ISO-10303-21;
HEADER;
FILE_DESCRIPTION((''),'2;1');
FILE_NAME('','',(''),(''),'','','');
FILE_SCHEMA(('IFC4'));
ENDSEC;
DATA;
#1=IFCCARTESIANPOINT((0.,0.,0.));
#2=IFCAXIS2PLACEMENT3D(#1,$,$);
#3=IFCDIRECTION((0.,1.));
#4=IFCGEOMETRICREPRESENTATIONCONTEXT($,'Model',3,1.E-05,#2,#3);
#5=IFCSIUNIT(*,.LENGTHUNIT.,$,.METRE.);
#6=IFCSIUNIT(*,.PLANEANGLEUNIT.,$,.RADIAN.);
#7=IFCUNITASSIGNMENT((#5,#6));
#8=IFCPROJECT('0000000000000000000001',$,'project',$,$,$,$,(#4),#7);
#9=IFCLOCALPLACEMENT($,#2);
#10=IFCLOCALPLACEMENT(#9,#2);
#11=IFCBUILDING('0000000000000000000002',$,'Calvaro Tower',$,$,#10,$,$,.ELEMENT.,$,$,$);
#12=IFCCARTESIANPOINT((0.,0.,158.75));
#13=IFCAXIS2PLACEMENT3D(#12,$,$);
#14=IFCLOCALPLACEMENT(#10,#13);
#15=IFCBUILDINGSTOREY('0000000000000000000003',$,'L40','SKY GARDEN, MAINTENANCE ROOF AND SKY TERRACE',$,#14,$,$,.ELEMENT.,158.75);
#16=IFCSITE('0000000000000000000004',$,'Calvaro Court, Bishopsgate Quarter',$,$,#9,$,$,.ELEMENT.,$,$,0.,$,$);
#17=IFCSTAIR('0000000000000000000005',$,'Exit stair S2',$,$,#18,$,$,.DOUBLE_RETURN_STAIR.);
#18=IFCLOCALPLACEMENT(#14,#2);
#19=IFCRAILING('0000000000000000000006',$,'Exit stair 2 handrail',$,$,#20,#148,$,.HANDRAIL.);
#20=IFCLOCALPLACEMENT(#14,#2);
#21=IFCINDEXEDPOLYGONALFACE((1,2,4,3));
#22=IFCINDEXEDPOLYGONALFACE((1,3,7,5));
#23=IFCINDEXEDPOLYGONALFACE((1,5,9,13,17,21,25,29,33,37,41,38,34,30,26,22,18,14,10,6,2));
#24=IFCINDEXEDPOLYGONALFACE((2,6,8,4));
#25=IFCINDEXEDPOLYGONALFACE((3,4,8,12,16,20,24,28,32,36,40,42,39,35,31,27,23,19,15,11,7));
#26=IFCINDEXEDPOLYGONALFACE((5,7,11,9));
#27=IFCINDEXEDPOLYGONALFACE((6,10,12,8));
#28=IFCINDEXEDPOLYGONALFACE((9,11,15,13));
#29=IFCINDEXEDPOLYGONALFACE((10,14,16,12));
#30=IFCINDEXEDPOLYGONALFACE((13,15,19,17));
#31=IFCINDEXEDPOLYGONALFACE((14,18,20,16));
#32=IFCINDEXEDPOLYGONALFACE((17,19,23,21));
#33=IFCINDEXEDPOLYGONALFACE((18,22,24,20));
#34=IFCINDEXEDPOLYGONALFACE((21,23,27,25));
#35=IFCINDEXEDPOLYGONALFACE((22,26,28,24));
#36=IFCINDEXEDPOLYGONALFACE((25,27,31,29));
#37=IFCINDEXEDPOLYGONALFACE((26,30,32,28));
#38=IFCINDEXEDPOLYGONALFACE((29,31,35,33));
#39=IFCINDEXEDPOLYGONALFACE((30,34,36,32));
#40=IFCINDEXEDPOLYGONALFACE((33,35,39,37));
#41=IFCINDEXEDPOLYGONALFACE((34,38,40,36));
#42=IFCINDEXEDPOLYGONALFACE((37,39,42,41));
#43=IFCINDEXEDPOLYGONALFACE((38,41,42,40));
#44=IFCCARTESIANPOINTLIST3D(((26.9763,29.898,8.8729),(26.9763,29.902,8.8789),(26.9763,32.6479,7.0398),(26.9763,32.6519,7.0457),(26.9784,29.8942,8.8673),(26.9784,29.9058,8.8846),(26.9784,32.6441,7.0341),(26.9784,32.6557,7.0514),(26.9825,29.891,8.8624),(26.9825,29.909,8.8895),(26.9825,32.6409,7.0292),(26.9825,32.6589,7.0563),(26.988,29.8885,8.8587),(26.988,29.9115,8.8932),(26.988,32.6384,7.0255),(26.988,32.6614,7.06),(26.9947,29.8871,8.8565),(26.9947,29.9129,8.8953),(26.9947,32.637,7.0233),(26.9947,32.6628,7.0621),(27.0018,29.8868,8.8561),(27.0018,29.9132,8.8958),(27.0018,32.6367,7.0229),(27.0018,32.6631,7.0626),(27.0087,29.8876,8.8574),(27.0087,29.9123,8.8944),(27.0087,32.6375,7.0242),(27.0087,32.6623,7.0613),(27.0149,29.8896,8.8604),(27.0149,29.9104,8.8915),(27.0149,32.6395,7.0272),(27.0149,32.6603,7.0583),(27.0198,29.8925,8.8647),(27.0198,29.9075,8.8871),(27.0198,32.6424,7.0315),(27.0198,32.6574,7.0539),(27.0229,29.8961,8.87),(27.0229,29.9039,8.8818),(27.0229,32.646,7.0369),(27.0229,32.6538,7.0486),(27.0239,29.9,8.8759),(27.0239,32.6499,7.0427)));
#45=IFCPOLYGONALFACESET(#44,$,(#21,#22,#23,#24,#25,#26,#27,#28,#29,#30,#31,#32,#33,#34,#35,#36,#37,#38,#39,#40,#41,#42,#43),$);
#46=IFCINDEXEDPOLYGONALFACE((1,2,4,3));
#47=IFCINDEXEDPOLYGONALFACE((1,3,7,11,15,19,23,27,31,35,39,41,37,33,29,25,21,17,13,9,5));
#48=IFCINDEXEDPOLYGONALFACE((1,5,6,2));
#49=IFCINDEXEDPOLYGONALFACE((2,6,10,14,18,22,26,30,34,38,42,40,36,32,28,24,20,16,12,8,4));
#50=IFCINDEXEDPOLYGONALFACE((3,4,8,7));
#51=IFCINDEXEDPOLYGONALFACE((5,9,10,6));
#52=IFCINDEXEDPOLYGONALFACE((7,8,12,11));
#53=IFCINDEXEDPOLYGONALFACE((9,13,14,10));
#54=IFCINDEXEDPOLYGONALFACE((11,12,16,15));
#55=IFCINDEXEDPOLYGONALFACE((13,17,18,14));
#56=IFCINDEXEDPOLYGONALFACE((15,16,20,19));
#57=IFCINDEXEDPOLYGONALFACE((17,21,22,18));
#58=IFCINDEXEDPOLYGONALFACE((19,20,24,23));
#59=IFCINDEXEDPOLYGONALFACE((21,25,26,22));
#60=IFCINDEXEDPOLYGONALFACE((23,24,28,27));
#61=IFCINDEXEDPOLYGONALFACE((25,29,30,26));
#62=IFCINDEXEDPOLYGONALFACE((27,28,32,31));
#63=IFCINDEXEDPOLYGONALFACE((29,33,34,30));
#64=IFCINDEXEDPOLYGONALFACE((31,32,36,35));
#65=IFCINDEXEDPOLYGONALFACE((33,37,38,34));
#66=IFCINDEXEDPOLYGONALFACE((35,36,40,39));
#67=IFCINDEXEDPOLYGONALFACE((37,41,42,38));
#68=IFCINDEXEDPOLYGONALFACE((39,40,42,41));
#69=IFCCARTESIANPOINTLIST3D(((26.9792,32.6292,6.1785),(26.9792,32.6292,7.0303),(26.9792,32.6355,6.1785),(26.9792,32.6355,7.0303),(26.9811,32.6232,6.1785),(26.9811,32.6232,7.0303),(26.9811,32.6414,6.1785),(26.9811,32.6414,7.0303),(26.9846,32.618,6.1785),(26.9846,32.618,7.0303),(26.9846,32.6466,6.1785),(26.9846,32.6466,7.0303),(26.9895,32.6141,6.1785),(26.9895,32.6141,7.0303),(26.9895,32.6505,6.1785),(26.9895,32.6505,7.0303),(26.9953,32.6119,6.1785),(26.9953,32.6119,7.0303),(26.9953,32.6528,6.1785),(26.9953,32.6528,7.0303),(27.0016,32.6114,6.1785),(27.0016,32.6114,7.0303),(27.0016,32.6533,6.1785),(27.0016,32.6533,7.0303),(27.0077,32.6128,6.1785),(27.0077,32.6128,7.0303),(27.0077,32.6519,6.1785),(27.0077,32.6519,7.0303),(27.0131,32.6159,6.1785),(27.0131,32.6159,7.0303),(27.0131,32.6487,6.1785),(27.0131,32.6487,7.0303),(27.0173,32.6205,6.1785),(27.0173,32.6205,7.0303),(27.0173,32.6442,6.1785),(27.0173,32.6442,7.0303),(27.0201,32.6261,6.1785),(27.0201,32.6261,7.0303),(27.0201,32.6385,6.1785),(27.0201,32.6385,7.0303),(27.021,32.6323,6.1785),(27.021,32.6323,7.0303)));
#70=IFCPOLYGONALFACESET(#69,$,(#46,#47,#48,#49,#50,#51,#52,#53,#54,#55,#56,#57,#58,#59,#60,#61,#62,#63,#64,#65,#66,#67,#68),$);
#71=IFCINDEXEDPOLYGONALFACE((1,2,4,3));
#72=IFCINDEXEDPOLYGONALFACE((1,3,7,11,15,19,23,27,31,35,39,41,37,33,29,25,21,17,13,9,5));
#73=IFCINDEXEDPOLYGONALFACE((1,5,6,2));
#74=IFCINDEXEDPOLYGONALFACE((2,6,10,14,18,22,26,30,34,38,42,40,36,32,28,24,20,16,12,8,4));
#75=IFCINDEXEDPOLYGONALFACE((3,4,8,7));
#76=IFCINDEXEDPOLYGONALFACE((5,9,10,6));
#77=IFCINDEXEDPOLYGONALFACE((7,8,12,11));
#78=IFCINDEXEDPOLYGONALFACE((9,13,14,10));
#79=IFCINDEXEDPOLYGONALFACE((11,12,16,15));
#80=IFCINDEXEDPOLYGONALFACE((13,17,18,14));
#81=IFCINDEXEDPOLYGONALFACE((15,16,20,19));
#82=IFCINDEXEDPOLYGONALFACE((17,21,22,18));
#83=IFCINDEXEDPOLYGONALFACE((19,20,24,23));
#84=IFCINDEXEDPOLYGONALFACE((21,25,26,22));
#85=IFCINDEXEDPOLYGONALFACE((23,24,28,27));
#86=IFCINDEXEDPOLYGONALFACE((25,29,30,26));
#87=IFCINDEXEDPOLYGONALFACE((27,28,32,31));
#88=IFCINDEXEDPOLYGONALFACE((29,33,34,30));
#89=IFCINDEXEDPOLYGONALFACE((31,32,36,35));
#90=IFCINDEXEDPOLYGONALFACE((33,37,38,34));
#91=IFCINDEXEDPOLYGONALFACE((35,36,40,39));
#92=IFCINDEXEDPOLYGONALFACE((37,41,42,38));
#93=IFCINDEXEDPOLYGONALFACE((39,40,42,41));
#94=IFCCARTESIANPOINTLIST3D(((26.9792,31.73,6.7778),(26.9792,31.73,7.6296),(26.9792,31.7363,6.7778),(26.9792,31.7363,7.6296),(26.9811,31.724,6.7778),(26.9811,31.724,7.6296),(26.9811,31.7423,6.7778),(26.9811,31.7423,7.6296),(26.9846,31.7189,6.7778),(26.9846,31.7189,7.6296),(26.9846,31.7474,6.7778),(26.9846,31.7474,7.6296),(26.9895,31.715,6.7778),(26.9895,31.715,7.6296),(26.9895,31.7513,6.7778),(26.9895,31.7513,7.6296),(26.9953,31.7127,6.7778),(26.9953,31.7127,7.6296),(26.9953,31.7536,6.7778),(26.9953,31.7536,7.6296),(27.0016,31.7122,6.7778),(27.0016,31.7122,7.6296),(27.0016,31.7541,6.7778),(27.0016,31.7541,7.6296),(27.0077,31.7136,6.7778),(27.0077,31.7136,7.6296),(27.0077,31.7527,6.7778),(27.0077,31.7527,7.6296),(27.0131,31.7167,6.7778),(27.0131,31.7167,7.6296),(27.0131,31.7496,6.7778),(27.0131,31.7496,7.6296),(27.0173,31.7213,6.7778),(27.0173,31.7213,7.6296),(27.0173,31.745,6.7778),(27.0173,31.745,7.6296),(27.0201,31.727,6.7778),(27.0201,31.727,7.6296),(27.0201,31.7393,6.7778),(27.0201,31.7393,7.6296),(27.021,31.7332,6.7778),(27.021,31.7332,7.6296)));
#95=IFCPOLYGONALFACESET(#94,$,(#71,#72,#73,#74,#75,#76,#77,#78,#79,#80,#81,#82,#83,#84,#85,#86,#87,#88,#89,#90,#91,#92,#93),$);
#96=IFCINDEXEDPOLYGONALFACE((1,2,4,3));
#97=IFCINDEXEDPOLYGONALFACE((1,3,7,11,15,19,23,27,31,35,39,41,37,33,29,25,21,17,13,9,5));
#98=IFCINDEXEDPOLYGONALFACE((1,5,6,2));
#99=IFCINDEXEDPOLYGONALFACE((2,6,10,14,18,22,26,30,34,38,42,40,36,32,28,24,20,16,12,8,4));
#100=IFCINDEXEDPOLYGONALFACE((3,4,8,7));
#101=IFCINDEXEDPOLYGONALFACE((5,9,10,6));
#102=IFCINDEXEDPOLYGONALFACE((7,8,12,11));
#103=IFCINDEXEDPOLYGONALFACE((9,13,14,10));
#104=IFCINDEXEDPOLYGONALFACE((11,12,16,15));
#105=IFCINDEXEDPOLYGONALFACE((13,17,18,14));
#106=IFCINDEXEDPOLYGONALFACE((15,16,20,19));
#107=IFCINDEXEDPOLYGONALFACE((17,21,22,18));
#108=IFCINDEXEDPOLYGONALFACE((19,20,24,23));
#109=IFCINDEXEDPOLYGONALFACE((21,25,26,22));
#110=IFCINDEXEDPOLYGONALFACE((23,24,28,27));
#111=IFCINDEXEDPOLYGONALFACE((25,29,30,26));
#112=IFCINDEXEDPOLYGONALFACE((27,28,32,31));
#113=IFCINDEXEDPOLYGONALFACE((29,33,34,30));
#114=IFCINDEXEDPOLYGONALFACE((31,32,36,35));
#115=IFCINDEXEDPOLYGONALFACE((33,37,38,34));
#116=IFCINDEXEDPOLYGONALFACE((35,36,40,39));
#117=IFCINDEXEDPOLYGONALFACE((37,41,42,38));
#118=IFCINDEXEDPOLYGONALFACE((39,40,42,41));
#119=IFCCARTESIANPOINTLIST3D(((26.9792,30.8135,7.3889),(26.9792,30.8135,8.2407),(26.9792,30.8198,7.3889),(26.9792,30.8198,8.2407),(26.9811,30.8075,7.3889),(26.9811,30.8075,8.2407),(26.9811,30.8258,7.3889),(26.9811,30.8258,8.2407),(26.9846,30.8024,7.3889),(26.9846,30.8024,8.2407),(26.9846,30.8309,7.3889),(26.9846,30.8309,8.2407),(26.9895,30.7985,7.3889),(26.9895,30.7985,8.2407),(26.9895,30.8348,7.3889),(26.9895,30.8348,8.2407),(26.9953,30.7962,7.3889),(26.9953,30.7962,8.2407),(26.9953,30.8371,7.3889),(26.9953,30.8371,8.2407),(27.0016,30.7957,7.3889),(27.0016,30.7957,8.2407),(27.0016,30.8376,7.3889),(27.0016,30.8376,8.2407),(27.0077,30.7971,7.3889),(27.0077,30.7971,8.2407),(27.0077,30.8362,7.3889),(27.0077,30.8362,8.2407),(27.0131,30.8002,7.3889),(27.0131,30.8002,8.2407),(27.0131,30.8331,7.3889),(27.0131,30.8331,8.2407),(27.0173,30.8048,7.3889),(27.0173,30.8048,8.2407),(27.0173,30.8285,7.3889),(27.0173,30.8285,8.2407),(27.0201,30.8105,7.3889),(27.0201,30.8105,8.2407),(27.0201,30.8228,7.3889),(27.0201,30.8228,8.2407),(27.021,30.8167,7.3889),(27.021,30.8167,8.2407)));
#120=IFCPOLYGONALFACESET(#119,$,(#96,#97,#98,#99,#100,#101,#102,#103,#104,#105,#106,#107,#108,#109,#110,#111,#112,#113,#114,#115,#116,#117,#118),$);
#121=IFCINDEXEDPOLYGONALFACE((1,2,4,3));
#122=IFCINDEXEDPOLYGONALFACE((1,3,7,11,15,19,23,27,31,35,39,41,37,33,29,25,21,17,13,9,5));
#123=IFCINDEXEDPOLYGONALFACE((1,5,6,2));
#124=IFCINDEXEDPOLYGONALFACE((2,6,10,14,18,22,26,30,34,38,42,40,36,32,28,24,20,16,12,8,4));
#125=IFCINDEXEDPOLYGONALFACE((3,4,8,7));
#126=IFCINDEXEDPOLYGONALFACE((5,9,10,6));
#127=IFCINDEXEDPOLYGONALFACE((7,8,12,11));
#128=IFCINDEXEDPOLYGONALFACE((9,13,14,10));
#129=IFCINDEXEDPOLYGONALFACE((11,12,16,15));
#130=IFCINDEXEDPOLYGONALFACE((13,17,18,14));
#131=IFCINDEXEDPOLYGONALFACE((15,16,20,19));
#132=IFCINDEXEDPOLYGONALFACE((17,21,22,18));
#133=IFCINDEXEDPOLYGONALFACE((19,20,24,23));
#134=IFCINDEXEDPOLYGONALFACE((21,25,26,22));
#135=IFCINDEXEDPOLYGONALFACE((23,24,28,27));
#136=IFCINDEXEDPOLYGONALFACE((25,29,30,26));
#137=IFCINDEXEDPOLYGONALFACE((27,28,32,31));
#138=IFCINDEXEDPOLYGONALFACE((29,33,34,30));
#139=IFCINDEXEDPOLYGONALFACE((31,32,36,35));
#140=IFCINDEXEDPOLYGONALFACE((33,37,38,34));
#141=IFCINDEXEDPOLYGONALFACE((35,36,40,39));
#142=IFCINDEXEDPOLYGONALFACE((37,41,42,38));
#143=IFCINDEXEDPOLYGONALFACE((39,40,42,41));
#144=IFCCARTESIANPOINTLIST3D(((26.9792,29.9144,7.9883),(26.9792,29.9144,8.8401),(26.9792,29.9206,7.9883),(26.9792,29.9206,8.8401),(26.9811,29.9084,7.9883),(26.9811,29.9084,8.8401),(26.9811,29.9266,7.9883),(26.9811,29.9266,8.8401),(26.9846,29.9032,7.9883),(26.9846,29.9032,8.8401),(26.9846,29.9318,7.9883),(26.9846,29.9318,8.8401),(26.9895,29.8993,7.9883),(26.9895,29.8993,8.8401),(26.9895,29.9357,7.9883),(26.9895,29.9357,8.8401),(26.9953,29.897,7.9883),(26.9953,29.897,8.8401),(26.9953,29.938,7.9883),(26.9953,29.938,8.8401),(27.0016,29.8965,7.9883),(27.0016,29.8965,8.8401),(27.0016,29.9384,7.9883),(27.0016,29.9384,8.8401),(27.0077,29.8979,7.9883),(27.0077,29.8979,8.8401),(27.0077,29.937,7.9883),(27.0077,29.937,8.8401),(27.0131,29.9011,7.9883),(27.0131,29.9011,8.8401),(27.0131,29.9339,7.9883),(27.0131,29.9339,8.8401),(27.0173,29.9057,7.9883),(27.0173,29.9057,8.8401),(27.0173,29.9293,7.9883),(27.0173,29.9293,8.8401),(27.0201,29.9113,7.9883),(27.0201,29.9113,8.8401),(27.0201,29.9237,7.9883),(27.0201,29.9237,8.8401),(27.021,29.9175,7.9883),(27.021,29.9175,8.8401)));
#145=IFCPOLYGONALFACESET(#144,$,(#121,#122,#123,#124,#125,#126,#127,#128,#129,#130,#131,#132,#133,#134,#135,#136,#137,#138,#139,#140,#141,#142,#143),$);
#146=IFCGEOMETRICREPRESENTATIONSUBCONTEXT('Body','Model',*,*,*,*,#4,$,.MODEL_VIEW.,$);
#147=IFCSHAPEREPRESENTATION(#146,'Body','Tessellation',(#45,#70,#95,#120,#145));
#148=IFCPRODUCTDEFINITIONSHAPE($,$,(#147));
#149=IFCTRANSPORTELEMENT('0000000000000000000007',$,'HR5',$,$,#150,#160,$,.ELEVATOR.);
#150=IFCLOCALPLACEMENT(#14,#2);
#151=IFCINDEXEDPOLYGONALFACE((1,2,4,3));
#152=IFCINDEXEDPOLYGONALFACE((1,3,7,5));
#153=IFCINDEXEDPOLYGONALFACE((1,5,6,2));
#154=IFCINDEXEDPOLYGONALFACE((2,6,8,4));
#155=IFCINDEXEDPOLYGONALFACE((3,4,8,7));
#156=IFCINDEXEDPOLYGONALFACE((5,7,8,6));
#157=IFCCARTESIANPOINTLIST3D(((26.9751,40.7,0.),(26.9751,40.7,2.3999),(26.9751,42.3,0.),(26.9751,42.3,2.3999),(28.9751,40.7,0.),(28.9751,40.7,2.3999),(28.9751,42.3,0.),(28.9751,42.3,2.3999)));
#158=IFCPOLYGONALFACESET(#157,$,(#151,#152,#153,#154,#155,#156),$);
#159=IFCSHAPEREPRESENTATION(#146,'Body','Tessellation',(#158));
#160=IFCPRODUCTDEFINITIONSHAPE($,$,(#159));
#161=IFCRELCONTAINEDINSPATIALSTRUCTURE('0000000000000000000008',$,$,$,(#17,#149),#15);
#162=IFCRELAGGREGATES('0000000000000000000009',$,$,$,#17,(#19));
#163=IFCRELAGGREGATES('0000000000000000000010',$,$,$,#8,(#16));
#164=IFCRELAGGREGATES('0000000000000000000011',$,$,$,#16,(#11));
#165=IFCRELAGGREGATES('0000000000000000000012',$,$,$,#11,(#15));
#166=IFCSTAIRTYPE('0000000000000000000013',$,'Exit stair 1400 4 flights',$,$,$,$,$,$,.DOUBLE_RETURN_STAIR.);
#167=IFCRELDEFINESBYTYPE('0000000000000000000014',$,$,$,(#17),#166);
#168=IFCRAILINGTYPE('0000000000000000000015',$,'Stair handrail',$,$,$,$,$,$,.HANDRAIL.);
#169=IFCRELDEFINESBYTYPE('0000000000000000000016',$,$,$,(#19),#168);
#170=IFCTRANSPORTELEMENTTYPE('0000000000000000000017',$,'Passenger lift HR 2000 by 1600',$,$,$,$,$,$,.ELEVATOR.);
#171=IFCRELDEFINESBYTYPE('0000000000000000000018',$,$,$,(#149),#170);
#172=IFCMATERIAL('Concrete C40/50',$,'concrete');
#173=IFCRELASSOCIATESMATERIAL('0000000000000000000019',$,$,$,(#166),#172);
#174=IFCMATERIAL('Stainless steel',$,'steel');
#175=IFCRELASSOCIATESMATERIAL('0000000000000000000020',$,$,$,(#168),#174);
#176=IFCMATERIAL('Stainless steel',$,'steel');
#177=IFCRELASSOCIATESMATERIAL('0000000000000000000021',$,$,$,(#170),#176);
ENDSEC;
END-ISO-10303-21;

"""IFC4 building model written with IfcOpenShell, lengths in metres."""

from ifc_helpers import new_model, si_unit, direction, frame, origin, origin_2d, place, context, subcontext, project, spatial, rectangle, circle, extrude, material, type_object, element, aggregate, save


model = new_model("IFC4")

# Units and contexts
model_context = context("Model", 3, precision=1e-05, world=origin(), true_north=direction((0.0, 1.0)))
body_context = subcontext(model_context, "Body", "Model", "MODEL_VIEW")
ifc_project = project(units=[si_unit("LENGTHUNIT", "METRE"), si_unit("PLANEANGLEUNIT", "RADIAN")], contexts=[model_context])

# Site, building, storey
site_placement = place(None, origin())
site = spatial("IfcSite", under=ifc_project, at=site_placement, Name="Calvaro Court, Bishopsgate Quarter", CompositionType="ELEMENT", RefElevation=0.0)
building_placement = place(site_placement, origin())
building = spatial("IfcBuilding", under=site, at=building_placement, Name="Calvaro Tower", CompositionType="ELEMENT")
storey_placement = place(building_placement, frame((0.0, 0.0, 158.75)))
storey = spatial("IfcBuildingStorey", under=building, at=storey_placement, Name="L40", Description="SKY GARDEN, MAINTENANCE ROOF AND SKY TERRACE", CompositionType="ELEMENT", Elevation=158.75)

# Stair, railing
ifc_material_1 = material(Name="Concrete C40/50", Category="concrete")
stair_type = type_object("IfcStairType", Name="Exit stair 1400 4 flights", PredefinedType="DOUBLE_RETURN_STAIR", material=ifc_material_1)
stair_placement = place(storey_placement, origin())
stair = element("IfcStair", 1, at=stair_placement, inside=storey, type_object=stair_type, Name="Exit stair S2", PredefinedType="DOUBLE_RETURN_STAIR")
ifc_material_2 = material(Name="Stainless steel", Category="steel")
railing_type = type_object("IfcRailingType", Name="Stair handrail", PredefinedType="HANDRAIL", material=ifc_material_2)
railing_1_placement = place(storey_placement, frame((27.0, 32.6499, 6.1667)))
railing_1 = element("IfcRailing", 2, at=railing_1_placement, type_object=railing_type, Name="Exit stair 2 handrail", PredefinedType="HANDRAIL", context=body_context, shape_type="SweptSolid", body=[
    extrude(circle(Radius=0.0239, at=origin_2d()), frame((0.0, 0.0, 0.876), z_axis=(0.0, -0.832062, 0.554683), x_axis=(1.0, 0.0, 0.0)), (0.0, 0.0, 1.0), 3.3049),
    extrude(circle(Radius=0.021, at=origin_2d()), frame((0.0, -0.0176, 0.0117)), (0.0, 0.0, 1.0), 0.8518),
    extrude(circle(Radius=0.021, at=origin_2d()), frame((0.0, -0.9167, 0.6111)), (0.0, 0.0, 1.0), 0.8518),
    extrude(circle(Radius=0.021, at=origin_2d()), frame((0.0, -1.8333, 1.2222)), (0.0, 0.0, 1.0), 0.8518),
    extrude(circle(Radius=0.021, at=origin_2d()), frame((0.0, -2.7324, 1.8215)), (0.0, 0.0, 1.0), 0.8518),
])
aggregate(stair, [railing_1])

# Transport element
ifc_material_3 = material(Name="Stainless steel", Category="steel")
transport_element_type = type_object("IfcTransportElementType", Name="Passenger lift HR 2000 by 1600", PredefinedType="ELEVATOR", material=ifc_material_3)
transport_element_placement = place(storey_placement, frame((27.9751, 41.5, 0.0), z_axis=(0.0, 0.0, 1.0), x_axis=(1.0, 0.0, 0.0)))
element("IfcTransportElement", 3, at=transport_element_placement, inside=storey, type_object=transport_element_type, Name="HR5", PredefinedType="ELEVATOR", context=body_context, shape_type="SweptSolid", body=[
    extrude(rectangle(XDim=2.0, YDim=1.6001, at=origin_2d()), origin(), (0.0, 0.0, 1.0), 2.3999),
])

save(model, "model.ifc")
